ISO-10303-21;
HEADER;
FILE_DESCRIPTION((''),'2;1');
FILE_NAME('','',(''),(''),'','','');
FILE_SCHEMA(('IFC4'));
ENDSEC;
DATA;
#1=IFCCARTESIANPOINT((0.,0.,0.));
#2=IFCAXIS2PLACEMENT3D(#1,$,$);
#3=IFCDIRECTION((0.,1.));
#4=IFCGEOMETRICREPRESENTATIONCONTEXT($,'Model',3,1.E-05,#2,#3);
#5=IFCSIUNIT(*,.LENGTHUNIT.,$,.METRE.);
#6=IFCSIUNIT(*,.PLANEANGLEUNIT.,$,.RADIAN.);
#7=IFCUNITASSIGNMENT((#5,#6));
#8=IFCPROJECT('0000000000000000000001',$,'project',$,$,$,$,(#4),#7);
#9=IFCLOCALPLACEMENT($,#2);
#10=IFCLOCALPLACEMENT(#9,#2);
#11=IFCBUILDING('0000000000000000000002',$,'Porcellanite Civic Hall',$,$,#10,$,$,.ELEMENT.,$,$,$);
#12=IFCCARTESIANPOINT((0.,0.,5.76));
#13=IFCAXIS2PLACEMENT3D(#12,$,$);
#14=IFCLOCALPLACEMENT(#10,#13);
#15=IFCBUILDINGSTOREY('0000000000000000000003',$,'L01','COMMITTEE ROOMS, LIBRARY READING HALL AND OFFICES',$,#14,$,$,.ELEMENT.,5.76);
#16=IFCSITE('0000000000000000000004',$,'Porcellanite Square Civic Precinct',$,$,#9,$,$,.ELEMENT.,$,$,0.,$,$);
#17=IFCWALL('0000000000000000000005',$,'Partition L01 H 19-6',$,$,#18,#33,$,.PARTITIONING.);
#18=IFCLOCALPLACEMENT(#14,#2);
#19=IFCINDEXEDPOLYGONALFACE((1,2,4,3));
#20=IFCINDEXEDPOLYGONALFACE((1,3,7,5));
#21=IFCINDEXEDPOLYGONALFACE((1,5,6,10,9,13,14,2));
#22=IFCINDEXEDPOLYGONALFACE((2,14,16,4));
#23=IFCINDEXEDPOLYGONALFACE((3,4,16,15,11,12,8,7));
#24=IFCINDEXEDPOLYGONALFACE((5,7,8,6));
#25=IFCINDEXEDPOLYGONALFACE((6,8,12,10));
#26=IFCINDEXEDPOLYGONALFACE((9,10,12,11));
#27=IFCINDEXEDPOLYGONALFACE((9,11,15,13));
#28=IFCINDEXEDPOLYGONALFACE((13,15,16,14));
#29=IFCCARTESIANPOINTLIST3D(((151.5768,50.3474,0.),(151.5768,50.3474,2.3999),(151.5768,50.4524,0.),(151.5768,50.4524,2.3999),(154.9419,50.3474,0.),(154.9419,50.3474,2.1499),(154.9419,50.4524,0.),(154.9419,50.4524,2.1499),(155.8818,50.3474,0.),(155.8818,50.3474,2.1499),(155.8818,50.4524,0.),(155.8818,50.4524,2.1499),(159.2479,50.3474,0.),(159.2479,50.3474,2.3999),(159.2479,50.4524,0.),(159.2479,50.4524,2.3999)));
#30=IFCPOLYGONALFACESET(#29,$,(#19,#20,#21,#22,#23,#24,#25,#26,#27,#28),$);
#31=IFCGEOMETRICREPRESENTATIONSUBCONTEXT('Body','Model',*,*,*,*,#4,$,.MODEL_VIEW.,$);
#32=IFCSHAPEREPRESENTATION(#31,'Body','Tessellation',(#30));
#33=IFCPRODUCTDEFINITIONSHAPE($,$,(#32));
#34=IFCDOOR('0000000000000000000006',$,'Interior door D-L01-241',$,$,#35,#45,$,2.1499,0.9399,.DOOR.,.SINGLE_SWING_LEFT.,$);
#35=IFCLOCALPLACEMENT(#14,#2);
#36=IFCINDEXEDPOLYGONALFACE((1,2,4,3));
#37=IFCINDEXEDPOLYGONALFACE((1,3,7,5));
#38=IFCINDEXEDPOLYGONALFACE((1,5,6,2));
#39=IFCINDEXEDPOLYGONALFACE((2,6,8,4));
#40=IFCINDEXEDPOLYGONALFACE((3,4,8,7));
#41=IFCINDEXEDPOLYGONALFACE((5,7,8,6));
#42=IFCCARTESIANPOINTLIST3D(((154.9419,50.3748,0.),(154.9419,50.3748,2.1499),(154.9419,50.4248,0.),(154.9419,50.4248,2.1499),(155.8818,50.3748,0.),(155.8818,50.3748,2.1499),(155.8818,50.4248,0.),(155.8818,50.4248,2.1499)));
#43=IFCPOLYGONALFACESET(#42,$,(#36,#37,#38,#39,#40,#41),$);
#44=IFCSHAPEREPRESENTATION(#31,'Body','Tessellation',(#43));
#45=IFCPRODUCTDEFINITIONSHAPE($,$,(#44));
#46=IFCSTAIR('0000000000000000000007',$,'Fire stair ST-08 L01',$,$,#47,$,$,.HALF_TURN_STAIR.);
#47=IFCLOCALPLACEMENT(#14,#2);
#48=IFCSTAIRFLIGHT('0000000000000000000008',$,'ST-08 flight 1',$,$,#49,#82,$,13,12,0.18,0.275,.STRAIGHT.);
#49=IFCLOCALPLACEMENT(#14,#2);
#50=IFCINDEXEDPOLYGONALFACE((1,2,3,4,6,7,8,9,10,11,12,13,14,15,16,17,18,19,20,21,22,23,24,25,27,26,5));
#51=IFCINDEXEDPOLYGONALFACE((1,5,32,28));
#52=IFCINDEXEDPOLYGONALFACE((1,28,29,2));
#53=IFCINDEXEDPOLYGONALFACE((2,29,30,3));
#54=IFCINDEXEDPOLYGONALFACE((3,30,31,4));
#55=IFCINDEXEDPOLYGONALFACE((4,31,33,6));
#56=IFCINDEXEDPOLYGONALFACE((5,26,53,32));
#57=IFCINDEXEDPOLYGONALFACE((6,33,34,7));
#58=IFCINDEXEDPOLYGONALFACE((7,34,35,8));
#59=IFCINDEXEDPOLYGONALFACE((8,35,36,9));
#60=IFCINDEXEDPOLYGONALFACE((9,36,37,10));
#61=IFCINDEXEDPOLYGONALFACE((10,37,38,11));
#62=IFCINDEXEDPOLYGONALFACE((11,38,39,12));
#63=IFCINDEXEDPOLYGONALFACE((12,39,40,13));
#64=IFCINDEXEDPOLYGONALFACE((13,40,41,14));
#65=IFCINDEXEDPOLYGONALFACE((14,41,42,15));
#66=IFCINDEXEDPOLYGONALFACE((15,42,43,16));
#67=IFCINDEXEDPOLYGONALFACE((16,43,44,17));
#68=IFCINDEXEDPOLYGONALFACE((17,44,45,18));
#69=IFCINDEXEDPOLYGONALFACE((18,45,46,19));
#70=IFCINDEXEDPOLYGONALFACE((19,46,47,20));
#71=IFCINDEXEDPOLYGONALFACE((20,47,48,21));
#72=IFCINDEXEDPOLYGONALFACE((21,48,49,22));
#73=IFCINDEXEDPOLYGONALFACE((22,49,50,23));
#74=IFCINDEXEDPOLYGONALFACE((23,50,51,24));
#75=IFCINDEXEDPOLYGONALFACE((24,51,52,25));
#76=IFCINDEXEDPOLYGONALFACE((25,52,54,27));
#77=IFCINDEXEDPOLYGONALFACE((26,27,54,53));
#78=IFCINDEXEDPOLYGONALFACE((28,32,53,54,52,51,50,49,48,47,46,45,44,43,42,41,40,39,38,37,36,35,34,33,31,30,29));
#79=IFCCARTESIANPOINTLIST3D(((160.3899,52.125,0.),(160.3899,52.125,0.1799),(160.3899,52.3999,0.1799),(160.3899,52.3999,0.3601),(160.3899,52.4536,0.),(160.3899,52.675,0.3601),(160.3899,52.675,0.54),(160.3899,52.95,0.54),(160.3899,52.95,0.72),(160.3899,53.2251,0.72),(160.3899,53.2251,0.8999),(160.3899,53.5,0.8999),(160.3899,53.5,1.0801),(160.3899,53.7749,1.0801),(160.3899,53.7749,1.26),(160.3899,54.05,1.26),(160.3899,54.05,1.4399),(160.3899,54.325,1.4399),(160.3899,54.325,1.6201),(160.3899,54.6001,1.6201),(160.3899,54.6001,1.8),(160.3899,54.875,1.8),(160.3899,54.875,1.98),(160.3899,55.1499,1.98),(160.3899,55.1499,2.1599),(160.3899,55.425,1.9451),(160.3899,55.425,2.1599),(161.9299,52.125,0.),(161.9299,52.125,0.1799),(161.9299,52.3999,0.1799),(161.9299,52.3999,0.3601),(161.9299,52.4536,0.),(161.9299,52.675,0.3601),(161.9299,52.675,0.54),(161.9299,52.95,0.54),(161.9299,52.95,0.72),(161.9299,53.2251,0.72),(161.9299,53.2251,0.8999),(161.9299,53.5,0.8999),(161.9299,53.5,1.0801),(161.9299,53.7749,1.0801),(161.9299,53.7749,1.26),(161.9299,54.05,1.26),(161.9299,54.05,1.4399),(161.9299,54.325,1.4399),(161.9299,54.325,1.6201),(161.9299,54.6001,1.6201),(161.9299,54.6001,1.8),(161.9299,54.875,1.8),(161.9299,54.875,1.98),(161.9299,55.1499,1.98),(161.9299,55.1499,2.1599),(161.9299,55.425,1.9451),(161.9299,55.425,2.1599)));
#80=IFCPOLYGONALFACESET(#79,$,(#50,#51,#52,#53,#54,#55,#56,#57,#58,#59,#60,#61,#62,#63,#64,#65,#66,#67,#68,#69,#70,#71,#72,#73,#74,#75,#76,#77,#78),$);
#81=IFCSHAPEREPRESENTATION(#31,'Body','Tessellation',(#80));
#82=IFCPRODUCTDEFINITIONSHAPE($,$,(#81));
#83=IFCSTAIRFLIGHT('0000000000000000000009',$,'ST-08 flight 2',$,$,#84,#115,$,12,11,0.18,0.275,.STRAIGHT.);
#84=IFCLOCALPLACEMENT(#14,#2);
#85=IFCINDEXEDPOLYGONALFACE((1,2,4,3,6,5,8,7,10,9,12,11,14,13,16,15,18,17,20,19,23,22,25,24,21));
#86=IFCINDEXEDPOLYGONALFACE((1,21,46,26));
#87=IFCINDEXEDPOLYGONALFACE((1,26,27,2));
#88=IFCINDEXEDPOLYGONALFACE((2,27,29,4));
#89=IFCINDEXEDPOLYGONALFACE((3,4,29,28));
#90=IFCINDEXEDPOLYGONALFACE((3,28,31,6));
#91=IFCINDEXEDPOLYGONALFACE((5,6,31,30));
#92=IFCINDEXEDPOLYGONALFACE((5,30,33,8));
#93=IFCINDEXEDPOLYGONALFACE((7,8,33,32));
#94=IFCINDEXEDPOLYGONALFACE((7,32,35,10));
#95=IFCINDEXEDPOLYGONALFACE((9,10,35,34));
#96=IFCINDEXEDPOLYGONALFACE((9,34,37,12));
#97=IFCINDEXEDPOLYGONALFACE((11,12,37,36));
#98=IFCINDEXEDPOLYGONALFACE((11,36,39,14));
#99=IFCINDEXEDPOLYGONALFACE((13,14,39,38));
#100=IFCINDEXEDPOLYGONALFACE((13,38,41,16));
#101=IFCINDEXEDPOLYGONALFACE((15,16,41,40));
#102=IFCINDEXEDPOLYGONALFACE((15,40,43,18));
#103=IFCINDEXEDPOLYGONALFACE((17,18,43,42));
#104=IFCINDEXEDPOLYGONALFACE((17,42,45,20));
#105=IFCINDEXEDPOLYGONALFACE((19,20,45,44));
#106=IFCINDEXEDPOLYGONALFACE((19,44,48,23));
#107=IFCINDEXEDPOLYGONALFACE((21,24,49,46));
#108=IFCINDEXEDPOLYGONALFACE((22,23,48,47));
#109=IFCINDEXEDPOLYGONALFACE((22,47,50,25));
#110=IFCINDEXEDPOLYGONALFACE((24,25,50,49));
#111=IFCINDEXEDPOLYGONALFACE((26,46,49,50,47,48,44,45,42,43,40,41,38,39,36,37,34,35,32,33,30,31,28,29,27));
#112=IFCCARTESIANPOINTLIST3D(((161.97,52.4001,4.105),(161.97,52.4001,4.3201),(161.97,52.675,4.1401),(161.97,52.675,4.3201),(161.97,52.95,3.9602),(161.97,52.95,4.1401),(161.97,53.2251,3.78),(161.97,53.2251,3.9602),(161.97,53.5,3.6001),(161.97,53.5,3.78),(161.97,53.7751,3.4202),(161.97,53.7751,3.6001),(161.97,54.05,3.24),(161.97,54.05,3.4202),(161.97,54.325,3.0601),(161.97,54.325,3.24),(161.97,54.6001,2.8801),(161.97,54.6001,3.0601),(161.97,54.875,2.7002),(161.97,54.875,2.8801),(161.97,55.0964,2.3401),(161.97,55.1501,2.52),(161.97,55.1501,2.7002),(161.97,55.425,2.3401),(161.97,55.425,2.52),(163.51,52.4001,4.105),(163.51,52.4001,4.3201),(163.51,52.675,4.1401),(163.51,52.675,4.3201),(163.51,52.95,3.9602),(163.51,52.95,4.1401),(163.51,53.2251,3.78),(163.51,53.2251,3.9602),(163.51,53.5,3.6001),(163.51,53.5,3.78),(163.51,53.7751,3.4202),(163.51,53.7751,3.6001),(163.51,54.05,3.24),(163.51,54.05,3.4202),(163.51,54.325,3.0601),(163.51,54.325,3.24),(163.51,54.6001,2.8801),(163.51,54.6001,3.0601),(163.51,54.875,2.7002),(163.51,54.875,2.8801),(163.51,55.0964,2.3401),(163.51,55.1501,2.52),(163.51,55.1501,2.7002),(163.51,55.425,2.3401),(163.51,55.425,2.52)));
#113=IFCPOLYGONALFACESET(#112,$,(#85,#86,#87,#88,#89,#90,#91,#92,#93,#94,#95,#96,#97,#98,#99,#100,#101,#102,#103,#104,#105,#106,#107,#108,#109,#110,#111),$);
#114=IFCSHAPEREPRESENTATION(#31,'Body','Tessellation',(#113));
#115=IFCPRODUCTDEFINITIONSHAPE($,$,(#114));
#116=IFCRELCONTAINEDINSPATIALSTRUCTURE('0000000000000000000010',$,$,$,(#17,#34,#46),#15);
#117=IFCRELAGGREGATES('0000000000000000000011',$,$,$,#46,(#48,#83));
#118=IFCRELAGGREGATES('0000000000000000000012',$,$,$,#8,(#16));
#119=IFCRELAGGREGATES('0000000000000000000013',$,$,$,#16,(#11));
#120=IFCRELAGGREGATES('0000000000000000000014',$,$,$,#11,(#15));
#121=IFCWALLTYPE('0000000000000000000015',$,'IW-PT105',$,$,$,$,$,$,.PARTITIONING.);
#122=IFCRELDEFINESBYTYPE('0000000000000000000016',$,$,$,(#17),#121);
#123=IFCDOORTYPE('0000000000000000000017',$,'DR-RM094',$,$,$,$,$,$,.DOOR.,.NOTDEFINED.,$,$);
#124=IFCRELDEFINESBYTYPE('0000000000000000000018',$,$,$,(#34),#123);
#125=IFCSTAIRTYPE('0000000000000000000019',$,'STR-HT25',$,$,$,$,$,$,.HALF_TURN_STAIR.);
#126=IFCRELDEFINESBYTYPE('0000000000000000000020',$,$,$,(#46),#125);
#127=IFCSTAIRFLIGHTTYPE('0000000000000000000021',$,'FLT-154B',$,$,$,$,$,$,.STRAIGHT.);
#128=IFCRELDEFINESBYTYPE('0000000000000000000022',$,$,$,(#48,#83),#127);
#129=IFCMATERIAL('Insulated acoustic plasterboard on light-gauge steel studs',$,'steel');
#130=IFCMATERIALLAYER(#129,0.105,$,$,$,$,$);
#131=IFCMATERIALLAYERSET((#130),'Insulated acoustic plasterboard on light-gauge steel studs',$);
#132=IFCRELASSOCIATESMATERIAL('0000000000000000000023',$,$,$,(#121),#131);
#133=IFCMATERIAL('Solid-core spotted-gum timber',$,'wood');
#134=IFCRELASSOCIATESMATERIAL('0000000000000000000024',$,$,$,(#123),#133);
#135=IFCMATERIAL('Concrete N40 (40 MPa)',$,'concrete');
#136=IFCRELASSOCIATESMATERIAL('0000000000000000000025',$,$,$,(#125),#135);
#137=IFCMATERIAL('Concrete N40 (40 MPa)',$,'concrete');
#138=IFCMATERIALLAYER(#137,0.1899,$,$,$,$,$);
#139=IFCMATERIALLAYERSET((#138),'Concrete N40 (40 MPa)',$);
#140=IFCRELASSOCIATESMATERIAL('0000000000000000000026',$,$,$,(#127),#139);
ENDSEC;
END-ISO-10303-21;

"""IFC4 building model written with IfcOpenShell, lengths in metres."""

from ifc_helpers import new_model, si_unit, direction, frame, frame_2d, origin, place, context, subcontext, project, spatial, polyline, rectangle, outline, extrude, material, layer, layer_set, type_object, element, fill, aggregate, save


model = new_model("IFC4")

# Units and contexts
model_context = context("Model", 3, precision=1e-05, world=origin(), true_north=direction((0.0, 1.0)))
body_context = subcontext(model_context, "Body", "Model", "MODEL_VIEW")
ifc_project = project(units=[si_unit("LENGTHUNIT", "METRE"), si_unit("PLANEANGLEUNIT", "RADIAN")], contexts=[model_context])

# Site, building, storey
site_placement = place(None, origin())
site = spatial("IfcSite", under=ifc_project, at=site_placement, Name="Porcellanite Square Civic Precinct", CompositionType="ELEMENT", RefElevation=0.0)
building_placement = place(site_placement, origin())
building = spatial("IfcBuilding", under=site, at=building_placement, Name="Porcellanite Civic Hall", CompositionType="ELEMENT")
storey_placement = place(building_placement, frame((0.0, 0.0, 5.76)))
storey = spatial("IfcBuildingStorey", under=building, at=storey_placement, Name="L01", Description="COMMITTEE ROOMS, LIBRARY READING HALL AND OFFICES", CompositionType="ELEMENT", Elevation=5.76)

# Wall, opening, door
ifc_material_1 = material(Name="Insulated acoustic plasterboard on light-gauge steel studs", Category="steel")
ifc_layer_1 = layer(ifc_material_1, 0.105)
ifc_layer_set_1 = layer_set([ifc_layer_1], Name="Insulated acoustic plasterboard on light-gauge steel studs")
wall_type_1 = type_object("IfcWallType", Name="IW-PT105", PredefinedType="PARTITIONING", material=ifc_layer_set_1)
wall_1_placement = place(storey_placement, frame((151.5769, 50.3999, 0.0), z_axis=(0.0, 0.0, 1.0), x_axis=(1.0, 0.0, 0.0)))
wall_1 = element("IfcWall", 1, at=wall_1_placement, inside=storey, type_object=wall_type_1, Name="Partition L01 H 19-6", PredefinedType="PARTITIONING", context=body_context, shape_type="SweptSolid", body=[
    extrude(rectangle(XDim=7.6711, YDim=0.105, at=frame_2d((3.8354, 0.0))), origin(), (0.0, 0.0, 1.0), 2.3999),
])
opening_1_placement = place(wall_1_placement, frame((3.365, 0.0, 0.0)))
opening_1 = element("IfcOpeningElement", 2, at=opening_1_placement, cuts=wall_1, PredefinedType="OPENING", context=body_context, shape_type="SweptSolid", body=[
    extrude(rectangle(XDim=0.9399, YDim=2.1499, at=frame_2d((0.47, 1.075))), frame((0.0, 0.0525, 0.0), z_axis=(0.0, -1.0, 0.0), x_axis=(1.0, 0.0, 0.0)), (0.0, 0.0, 1.0), 0.105),
])
ifc_material_2 = material(Name="Solid-core spotted-gum timber", Category="wood")
door_type_1 = type_object("IfcDoorType", Name="DR-RM094", OperationType="NOTDEFINED", PredefinedType="DOOR", material=ifc_material_2)
door_1_placement = place(opening_1_placement, origin())
door_1 = element("IfcDoor", 3, at=door_1_placement, inside=storey, type_object=door_type_1, Name="Interior door D-L01-241", OperationType="SINGLE_SWING_LEFT", OverallHeight=2.1499, OverallWidth=0.9399, PredefinedType="DOOR", context=body_context, shape_type="SweptSolid", body=[
    extrude(rectangle(XDim=0.9399, YDim=2.1499, at=frame_2d((0.47, 1.075))), frame((0.0, 0.0249, 0.0), z_axis=(0.0, -1.0, 0.0), x_axis=(1.0, 0.0, 0.0)), (0.0, 0.0, 1.0), 0.05),
])
fill(opening_1, door_1)

# Stair, stair flights
ifc_material_3 = material(Name="Concrete N40 (40 MPa)", Category="concrete")
stair_type = type_object("IfcStairType", Name="STR-HT25", PredefinedType="HALF_TURN_STAIR", material=ifc_material_3)
stair_placement = place(storey_placement, origin())
stair = element("IfcStair", 4, at=stair_placement, inside=storey, type_object=stair_type, Name="Fire stair ST-08 L01", PredefinedType="HALF_TURN_STAIR")
ifc_material_4 = material(Name="Concrete N40 (40 MPa)", Category="concrete")
ifc_layer_2 = layer(ifc_material_4, 0.1899)
ifc_layer_set_2 = layer_set([ifc_layer_2], Name="Concrete N40 (40 MPa)")
stair_flight_type = type_object("IfcStairFlightType", Name="FLT-154B", PredefinedType="STRAIGHT", material=ifc_layer_set_2)
stair_flight_1_placement = place(storey_placement, frame((161.1599, 52.125, 0.0), z_axis=(0.0, 0.0, 1.0), x_axis=(0.0, 1.0, 0.0)))
stair_flight_1 = element("IfcStairFlight", 5, at=stair_flight_1_placement, type_object=stair_flight_type, Name="ST-08 flight 1", NumberOfRisers=13, NumberOfTreads=12, PredefinedType="STRAIGHT", RiserHeight=0.18, TreadLength=0.275, context=body_context, shape_type="SweptSolid", body=[
    extrude(outline(polyline([(0.0, 0.0), (0.0, 0.1799), (0.2749, 0.1799), (0.2749, 0.3601), (0.55, 0.3601), (0.55, 0.54), (0.825, 0.54), (0.825, 0.72), (1.1001, 0.72), (1.1001, 0.8999), (1.375, 0.8999), (1.375, 1.0801), (1.6499, 1.0801), (1.6499, 1.26), (1.925, 1.26), (1.925, 1.4399), (2.2, 1.4399), (2.2, 1.6201), (2.4751, 1.6201), (2.4751, 1.8), (2.75, 1.8), (2.75, 1.98), (3.0249, 1.98), (3.0249, 2.1599), (3.3, 2.1599), (3.3, 2.3401), (3.3, 1.9451), (0.3286, 0.0), (0.0, 0.0)])), frame((0.0, 0.77, 0.0), z_axis=(0.0, -1.0, 0.0), x_axis=(1.0, 0.0, 0.0)), (0.0, 0.0, 1.0), 1.54),
])
stair_flight_2_placement = place(storey_placement, frame((162.74, 55.425, 2.3401), z_axis=(0.0, 0.0, 1.0), x_axis=(0.0, -1.0, 0.0)))
stair_flight_2 = element("IfcStairFlight", 6, at=stair_flight_2_placement, type_object=stair_flight_type, Name="ST-08 flight 2", NumberOfRisers=12, NumberOfTreads=11, PredefinedType="STRAIGHT", RiserHeight=0.18, TreadLength=0.275, context=body_context, shape_type="SweptSolid", body=[
    extrude(outline(polyline([(0.0, 0.0), (0.0, 0.1799), (0.2749, 0.1799), (0.2749, 0.3601), (0.55, 0.3601), (0.55, 0.54), (0.825, 0.54), (0.825, 0.72), (1.1001, 0.72), (1.1001, 0.8999), (1.375, 0.8999), (1.375, 1.0801), (1.6499, 1.0801), (1.6499, 1.26), (1.925, 1.26), (1.925, 1.4399), (2.2, 1.4399), (2.2, 1.6201), (2.4751, 1.6201), (2.4751, 1.8), (2.75, 1.8), (2.75, 1.98), (3.0249, 1.98), (3.0249, 2.1599), (3.0249, 1.7649), (0.3286, 0.0), (0.0, 0.0)])), frame((0.0, 0.77, 0.0), z_axis=(0.0, -1.0, 0.0), x_axis=(1.0, 0.0, 0.0)), (0.0, 0.0, 1.0), 1.54),
])
aggregate(stair, [stair_flight_1, stair_flight_2])

save(model, "model.ifc")
